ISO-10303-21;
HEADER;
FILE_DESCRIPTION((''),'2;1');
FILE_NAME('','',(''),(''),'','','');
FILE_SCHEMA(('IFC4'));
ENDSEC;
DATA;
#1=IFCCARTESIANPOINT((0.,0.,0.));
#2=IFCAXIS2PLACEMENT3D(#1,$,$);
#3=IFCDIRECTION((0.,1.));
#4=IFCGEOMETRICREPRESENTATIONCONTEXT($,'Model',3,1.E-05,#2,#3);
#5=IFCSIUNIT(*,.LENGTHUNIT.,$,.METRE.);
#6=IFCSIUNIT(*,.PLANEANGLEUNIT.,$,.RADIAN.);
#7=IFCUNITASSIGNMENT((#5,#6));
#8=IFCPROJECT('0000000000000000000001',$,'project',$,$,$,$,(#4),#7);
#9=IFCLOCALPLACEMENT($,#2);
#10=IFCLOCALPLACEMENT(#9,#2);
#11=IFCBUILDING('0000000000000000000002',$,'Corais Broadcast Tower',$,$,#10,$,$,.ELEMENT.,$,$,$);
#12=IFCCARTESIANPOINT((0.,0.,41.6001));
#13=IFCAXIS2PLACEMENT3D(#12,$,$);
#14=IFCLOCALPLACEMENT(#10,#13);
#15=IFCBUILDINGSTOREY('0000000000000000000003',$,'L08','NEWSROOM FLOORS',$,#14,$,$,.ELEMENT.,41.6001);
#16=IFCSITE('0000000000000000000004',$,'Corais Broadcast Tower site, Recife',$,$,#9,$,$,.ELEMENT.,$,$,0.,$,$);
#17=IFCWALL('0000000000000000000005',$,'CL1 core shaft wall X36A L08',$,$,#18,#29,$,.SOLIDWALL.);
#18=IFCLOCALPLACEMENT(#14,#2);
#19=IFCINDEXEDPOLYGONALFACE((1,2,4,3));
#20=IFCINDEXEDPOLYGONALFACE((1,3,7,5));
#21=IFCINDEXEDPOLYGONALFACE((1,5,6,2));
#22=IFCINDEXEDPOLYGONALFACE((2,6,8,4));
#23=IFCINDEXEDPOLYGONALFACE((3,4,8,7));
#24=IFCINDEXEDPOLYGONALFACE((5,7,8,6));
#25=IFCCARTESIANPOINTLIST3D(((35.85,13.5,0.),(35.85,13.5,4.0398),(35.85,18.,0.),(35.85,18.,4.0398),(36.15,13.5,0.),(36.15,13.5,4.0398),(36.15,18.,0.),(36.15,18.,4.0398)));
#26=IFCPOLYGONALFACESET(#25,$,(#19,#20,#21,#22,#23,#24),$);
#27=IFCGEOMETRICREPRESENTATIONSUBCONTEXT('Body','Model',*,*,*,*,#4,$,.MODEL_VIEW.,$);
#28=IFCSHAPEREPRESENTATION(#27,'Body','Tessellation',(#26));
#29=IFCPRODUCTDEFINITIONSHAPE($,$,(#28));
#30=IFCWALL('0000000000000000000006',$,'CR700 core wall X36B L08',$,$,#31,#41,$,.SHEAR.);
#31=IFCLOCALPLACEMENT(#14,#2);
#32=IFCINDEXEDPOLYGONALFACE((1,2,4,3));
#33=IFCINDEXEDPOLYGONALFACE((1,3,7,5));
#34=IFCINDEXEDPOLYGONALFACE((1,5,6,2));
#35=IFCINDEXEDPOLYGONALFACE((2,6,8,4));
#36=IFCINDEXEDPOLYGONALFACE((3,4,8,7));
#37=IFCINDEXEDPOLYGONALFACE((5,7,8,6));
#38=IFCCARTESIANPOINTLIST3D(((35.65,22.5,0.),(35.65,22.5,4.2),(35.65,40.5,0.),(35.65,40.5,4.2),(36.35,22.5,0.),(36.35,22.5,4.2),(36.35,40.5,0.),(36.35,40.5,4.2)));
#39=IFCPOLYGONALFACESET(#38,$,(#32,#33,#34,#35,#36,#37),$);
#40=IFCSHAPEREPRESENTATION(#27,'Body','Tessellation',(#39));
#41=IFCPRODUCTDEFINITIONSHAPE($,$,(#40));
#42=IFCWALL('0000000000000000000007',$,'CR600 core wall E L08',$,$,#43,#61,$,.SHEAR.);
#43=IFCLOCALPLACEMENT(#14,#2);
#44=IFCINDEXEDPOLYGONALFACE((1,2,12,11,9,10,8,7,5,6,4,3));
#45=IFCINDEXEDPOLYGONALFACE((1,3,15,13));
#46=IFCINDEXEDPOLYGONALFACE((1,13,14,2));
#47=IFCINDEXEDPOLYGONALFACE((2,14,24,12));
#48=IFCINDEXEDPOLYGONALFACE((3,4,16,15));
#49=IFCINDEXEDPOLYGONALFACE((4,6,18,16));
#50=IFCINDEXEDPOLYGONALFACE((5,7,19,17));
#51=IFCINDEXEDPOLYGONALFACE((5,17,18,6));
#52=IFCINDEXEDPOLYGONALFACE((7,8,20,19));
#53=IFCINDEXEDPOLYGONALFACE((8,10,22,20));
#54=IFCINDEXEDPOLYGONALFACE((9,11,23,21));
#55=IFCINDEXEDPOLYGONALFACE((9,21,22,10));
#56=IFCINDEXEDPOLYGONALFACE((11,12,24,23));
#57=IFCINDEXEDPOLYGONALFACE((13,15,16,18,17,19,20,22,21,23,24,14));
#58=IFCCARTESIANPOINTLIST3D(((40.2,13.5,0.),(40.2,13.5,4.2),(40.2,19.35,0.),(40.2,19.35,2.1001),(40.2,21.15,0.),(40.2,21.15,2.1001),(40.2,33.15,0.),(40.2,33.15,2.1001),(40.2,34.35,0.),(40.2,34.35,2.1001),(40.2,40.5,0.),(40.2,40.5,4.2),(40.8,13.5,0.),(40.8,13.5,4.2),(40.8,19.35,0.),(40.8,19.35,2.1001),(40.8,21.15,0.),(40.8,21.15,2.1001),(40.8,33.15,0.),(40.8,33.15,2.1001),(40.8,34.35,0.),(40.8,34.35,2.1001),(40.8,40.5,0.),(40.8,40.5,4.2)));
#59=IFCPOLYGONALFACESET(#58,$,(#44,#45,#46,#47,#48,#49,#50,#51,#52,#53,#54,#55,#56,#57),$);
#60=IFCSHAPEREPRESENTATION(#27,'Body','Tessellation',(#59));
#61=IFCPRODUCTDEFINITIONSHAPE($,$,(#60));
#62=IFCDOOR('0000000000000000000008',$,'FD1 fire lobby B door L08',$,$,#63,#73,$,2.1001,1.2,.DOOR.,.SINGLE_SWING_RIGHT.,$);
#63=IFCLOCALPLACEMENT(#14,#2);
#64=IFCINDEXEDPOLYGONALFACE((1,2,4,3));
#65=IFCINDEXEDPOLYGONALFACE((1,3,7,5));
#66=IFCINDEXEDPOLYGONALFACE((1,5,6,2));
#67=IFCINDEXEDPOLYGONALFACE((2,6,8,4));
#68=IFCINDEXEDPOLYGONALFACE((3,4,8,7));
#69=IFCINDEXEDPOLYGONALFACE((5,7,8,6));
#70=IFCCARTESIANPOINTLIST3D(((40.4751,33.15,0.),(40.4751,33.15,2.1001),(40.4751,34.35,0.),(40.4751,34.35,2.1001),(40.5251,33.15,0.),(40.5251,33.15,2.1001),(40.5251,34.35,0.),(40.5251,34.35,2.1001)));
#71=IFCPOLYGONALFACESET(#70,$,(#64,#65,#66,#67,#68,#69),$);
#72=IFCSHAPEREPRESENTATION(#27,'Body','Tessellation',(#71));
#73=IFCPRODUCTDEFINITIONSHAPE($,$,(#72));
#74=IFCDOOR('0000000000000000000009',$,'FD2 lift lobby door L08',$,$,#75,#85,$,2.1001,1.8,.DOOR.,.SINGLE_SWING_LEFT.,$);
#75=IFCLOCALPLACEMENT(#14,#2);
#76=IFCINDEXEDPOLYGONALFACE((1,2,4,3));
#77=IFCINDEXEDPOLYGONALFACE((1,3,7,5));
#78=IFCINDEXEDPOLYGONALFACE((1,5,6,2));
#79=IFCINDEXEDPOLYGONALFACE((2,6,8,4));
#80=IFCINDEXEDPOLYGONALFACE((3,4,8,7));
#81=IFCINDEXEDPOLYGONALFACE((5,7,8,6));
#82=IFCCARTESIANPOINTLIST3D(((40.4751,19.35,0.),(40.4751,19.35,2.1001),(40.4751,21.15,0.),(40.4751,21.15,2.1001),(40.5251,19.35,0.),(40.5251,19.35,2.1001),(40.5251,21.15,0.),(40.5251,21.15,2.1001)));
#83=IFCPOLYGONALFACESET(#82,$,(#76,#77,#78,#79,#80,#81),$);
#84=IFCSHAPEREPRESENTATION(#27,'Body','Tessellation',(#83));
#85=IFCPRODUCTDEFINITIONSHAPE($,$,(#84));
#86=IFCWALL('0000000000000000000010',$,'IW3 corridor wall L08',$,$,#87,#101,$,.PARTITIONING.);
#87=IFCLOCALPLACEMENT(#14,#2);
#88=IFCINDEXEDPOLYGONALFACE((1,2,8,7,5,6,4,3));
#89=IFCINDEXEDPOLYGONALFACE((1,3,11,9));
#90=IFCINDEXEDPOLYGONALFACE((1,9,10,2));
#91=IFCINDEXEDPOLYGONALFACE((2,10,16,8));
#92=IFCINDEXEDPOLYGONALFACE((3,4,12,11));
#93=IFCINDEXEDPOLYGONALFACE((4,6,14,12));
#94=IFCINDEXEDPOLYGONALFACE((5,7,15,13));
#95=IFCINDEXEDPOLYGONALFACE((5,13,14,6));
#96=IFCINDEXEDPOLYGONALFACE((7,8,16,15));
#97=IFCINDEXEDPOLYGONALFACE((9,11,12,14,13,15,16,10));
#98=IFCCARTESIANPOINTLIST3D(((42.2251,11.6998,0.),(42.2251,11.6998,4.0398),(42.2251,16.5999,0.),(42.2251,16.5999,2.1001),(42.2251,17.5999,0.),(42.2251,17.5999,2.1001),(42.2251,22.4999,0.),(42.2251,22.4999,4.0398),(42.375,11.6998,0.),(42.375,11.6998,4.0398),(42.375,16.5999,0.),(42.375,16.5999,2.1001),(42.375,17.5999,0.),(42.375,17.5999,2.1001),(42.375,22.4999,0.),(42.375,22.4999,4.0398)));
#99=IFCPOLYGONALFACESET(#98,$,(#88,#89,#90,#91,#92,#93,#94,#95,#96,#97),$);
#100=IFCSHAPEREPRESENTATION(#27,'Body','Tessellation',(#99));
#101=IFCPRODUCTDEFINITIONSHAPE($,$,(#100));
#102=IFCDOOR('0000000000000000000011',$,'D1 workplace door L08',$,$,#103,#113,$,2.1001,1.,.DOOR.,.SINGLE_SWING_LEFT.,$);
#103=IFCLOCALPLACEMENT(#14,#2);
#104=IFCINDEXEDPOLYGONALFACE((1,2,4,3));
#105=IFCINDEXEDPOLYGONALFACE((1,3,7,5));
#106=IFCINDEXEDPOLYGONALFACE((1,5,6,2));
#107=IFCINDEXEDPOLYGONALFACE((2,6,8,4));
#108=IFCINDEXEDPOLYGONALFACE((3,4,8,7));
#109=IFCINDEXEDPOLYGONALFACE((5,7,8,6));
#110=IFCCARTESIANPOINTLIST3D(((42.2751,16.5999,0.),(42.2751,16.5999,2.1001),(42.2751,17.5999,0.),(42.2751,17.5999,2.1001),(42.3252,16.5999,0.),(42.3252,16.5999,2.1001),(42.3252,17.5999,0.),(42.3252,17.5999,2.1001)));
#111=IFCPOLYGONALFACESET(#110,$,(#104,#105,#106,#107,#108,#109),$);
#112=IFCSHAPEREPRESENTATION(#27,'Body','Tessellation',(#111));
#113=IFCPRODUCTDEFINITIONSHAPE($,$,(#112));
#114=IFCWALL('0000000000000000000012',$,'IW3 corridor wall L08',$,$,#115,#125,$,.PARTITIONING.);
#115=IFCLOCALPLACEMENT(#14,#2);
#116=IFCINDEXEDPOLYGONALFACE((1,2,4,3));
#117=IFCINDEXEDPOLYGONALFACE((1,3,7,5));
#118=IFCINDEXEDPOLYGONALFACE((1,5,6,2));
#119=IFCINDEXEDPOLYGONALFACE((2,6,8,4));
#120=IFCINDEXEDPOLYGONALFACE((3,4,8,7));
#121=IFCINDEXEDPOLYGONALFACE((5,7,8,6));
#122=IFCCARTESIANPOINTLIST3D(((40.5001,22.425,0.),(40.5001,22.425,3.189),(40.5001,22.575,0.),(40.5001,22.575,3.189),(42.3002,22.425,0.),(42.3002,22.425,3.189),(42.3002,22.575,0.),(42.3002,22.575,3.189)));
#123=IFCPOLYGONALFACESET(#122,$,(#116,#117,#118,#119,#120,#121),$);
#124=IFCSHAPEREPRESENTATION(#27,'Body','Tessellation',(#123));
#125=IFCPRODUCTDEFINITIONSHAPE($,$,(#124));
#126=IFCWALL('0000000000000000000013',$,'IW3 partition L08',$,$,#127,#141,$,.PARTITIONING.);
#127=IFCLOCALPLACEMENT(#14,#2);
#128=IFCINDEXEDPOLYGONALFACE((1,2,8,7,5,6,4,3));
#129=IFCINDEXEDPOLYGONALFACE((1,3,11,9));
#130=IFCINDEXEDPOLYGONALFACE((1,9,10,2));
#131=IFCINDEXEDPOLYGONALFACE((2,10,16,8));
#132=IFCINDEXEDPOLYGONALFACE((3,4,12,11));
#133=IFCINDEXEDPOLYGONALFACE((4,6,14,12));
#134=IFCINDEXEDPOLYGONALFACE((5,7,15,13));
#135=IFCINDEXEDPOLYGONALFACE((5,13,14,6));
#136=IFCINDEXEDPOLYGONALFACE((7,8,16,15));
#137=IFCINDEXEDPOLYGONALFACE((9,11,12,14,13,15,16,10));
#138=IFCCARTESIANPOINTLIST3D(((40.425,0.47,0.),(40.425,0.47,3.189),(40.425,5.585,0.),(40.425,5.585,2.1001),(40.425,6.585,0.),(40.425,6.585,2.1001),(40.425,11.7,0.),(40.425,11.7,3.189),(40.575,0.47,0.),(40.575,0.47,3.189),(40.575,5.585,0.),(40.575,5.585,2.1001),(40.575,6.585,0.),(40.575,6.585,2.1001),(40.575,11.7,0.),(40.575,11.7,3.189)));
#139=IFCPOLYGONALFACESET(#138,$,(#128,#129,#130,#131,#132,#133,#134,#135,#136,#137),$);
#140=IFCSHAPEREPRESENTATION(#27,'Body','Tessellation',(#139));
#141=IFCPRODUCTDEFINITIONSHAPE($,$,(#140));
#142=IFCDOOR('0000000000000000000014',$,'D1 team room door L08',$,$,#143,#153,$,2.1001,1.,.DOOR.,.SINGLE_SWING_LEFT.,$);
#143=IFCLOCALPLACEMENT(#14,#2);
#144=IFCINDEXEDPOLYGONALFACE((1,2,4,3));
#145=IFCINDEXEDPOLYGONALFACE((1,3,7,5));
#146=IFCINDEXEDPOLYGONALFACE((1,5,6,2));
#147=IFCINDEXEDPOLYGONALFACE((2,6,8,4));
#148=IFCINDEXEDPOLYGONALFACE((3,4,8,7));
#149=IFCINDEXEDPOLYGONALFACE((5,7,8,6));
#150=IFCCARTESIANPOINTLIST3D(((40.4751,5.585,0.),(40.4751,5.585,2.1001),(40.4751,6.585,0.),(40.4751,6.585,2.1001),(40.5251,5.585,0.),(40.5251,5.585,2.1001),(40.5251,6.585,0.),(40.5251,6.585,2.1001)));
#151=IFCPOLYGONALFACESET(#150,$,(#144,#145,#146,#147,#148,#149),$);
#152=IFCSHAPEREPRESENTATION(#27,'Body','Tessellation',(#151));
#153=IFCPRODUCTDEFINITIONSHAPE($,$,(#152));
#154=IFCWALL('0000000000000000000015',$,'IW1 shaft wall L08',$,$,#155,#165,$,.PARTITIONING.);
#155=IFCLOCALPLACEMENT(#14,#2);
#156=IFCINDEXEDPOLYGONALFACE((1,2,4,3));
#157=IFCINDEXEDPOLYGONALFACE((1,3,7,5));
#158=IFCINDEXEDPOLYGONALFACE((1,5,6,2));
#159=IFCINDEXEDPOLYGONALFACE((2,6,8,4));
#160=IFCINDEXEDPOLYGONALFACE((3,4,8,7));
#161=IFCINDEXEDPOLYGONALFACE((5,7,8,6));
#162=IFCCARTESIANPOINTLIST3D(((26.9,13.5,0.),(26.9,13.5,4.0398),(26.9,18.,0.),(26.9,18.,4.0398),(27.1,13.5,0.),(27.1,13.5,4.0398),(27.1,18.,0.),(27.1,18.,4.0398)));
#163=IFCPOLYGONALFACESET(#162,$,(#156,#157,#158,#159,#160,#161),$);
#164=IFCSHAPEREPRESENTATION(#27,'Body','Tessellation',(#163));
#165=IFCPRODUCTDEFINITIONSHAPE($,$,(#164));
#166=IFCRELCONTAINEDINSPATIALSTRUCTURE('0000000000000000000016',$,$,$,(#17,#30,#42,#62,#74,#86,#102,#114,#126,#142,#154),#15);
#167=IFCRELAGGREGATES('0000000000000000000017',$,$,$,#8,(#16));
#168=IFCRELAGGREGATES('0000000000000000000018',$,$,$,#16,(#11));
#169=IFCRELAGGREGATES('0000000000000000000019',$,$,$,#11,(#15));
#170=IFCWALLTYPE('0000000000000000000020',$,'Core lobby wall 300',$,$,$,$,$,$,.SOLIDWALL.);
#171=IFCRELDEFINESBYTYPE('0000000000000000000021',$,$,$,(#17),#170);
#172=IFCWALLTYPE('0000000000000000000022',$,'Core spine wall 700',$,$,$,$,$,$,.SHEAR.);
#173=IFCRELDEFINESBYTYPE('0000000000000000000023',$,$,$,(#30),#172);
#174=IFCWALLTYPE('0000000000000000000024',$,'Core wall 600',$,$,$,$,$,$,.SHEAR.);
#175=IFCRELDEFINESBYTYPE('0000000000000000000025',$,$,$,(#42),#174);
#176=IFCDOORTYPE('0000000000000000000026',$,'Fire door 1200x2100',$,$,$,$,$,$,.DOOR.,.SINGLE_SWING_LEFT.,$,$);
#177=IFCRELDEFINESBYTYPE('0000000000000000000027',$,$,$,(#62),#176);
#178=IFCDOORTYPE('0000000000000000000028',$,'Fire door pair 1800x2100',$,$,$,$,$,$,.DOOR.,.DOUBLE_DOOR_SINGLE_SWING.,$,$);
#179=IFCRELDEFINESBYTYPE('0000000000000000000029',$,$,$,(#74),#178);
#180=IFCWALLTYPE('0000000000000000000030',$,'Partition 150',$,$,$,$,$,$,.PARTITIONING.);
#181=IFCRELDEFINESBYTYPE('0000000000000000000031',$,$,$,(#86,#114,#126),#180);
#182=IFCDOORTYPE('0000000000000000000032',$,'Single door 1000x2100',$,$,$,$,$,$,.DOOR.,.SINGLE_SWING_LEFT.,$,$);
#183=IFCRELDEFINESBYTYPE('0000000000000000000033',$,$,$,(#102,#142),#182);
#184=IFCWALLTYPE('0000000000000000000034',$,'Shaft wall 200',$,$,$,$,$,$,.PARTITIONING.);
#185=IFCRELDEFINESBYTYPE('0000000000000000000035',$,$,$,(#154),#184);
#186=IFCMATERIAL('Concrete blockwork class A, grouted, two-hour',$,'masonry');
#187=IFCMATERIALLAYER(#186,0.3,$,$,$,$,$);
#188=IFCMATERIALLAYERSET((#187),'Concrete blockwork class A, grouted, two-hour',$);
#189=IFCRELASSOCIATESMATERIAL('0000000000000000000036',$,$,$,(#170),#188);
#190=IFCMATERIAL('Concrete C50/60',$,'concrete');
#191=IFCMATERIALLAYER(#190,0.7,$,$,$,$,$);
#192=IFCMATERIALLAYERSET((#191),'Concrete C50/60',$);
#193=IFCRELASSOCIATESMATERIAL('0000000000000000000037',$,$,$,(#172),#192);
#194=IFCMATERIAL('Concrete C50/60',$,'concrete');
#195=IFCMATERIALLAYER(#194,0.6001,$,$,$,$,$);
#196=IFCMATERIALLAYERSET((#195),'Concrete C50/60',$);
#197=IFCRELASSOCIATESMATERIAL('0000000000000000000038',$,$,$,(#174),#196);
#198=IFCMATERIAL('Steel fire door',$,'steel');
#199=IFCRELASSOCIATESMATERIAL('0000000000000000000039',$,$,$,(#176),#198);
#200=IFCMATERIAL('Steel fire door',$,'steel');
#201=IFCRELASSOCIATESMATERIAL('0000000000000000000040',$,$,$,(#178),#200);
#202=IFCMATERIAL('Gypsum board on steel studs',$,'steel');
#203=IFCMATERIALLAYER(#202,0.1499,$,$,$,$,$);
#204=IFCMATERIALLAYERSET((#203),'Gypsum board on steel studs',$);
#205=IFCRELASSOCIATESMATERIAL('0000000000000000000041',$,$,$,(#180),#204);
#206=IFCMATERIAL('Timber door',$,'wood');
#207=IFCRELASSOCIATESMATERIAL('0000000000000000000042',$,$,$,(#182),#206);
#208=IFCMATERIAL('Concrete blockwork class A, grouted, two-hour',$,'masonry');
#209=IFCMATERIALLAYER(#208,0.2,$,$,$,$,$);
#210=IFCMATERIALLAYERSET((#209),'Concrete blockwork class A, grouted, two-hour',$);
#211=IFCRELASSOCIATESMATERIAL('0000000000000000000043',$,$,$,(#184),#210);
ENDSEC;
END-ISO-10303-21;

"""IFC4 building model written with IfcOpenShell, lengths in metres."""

from ifc_helpers import new_model, si_unit, direction, frame, frame_2d, origin, place, context, subcontext, project, spatial, rectangle, extrude, material, layer, layer_set, type_object, element, fill, save


model = new_model("IFC4")

# Units and contexts
model_context = context("Model", 3, precision=1e-05, world=origin(), true_north=direction((0.0, 1.0)))
body_context = subcontext(model_context, "Body", "Model", "MODEL_VIEW")
ifc_project = project(units=[si_unit("LENGTHUNIT", "METRE"), si_unit("PLANEANGLEUNIT", "RADIAN")], contexts=[model_context])

# Site, building, storey
site_placement = place(None, origin())
site = spatial("IfcSite", under=ifc_project, at=site_placement, Name="Corais Broadcast Tower site, Recife", CompositionType="ELEMENT", RefElevation=0.0)
building_placement = place(site_placement, origin())
building = spatial("IfcBuilding", under=site, at=building_placement, Name="Corais Broadcast Tower", CompositionType="ELEMENT")
storey_placement = place(building_placement, frame((0.0, 0.0, 41.6001)))
storey = spatial("IfcBuildingStorey", under=building, at=storey_placement, Name="L08", Description="NEWSROOM FLOORS", CompositionType="ELEMENT", Elevation=41.6001)

# Walls
ifc_material_1 = material(Name="Concrete blockwork class A, grouted, two-hour", Category="masonry")
ifc_layer_1 = layer(ifc_material_1, 0.3)
ifc_layer_set_1 = layer_set([ifc_layer_1], Name="Concrete blockwork class A, grouted, two-hour")
wall_type_1 = type_object("IfcWallType", Name="Core lobby wall 300", PredefinedType="SOLIDWALL", material=ifc_layer_set_1)
wall_1_placement = place(storey_placement, frame((36.0, 13.5, 0.0), z_axis=(0.0, 0.0, 1.0), x_axis=(0.0, 1.0, 0.0)))
element("IfcWall", 1, at=wall_1_placement, inside=storey, type_object=wall_type_1, Name="CL1 core shaft wall X36A L08", PredefinedType="SOLIDWALL", context=body_context, shape_type="SweptSolid", body=[
    extrude(rectangle(XDim=4.5, YDim=0.3, at=frame_2d((2.25, 0.0))), origin(), (0.0, 0.0, 1.0), 4.0398),
])
ifc_material_2 = material(Name="Concrete C50/60", Category="concrete")
ifc_layer_2 = layer(ifc_material_2, 0.7)
ifc_layer_set_2 = layer_set([ifc_layer_2], Name="Concrete C50/60")
wall_type_2 = type_object("IfcWallType", Name="Core spine wall 700", PredefinedType="SHEAR", material=ifc_layer_set_2)
wall_2_placement = place(storey_placement, frame((36.0, 22.5, 0.0), z_axis=(0.0, 0.0, 1.0), x_axis=(0.0, 1.0, 0.0)))
element("IfcWall", 2, at=wall_2_placement, inside=storey, type_object=wall_type_2, Name="CR700 core wall X36B L08", PredefinedType="SHEAR", context=body_context, shape_type="SweptSolid", body=[
    extrude(rectangle(XDim=18.0, YDim=0.7, at=frame_2d((9.0, 0.0))), origin(), (0.0, 0.0, 1.0), 4.2),
])

# Wall, openings, doors
ifc_material_3 = material(Name="Concrete C50/60", Category="concrete")
ifc_layer_3 = layer(ifc_material_3, 0.6001)
ifc_layer_set_3 = layer_set([ifc_layer_3], Name="Concrete C50/60")
wall_type_3 = type_object("IfcWallType", Name="Core wall 600", PredefinedType="SHEAR", material=ifc_layer_set_3)
wall_3_placement = place(storey_placement, frame((40.5, 13.5, 0.0), z_axis=(0.0, 0.0, 1.0), x_axis=(0.0, 1.0, 0.0)))
wall_3 = element("IfcWall", 3, at=wall_3_placement, inside=storey, type_object=wall_type_3, Name="CR600 core wall E L08", PredefinedType="SHEAR", context=body_context, shape_type="SweptSolid", body=[
    extrude(rectangle(XDim=27.0, YDim=0.6001, at=frame_2d((13.5, 0.0))), origin(), (0.0, 0.0, 1.0), 4.2),
])
opening_1_placement = place(wall_3_placement, frame((5.8501, 0.0, 0.0)))
opening_1 = element("IfcOpeningElement", 4, at=opening_1_placement, cuts=wall_3, PredefinedType="OPENING", context=body_context, shape_type="SweptSolid", body=[
    extrude(rectangle(XDim=1.8, YDim=2.1001, at=frame_2d((0.8999, 1.05))), frame((0.0, 0.3101, 0.0), z_axis=(0.0, -1.0, 0.0), x_axis=(1.0, 0.0, 0.0)), (0.0, 0.0, 1.0), 0.6201),
])
opening_2_placement = place(wall_3_placement, frame((19.6499, 0.0, 0.0)))
opening_2 = element("IfcOpeningElement", 5, at=opening_2_placement, cuts=wall_3, PredefinedType="OPENING", context=body_context, shape_type="SweptSolid", body=[
    extrude(rectangle(XDim=1.2, YDim=2.1001, at=frame_2d((0.6001, 1.05))), frame((0.0, 0.3101, 0.0), z_axis=(0.0, -1.0, 0.0), x_axis=(1.0, 0.0, 0.0)), (0.0, 0.0, 1.0), 0.6201),
])
ifc_material_4 = material(Name="Steel fire door", Category="steel")
door_type_1 = type_object("IfcDoorType", Name="Fire door 1200x2100", OperationType="SINGLE_SWING_LEFT", PredefinedType="DOOR", material=ifc_material_4)
door_1_placement = place(opening_2_placement, origin())
door_1 = element("IfcDoor", 6, at=door_1_placement, inside=storey, type_object=door_type_1, Name="FD1 fire lobby B door L08", OperationType="SINGLE_SWING_RIGHT", OverallHeight=2.1001, OverallWidth=1.2, PredefinedType="DOOR", context=body_context, shape_type="SweptSolid", body=[
    extrude(rectangle(XDim=1.2, YDim=2.1001, at=frame_2d((0.6001, 1.05))), frame((0.0, 0.0249, 0.0), z_axis=(0.0, -1.0, 0.0), x_axis=(1.0, 0.0, 0.0)), (0.0, 0.0, 1.0), 0.05),
])
fill(opening_2, door_1)
ifc_material_5 = material(Name="Steel fire door", Category="steel")
door_type_2 = type_object("IfcDoorType", Name="Fire door pair 1800x2100", OperationType="DOUBLE_DOOR_SINGLE_SWING", PredefinedType="DOOR", material=ifc_material_5)
door_2_placement = place(opening_1_placement, origin())
door_2 = element("IfcDoor", 7, at=door_2_placement, inside=storey, type_object=door_type_2, Name="FD2 lift lobby door L08", OperationType="SINGLE_SWING_LEFT", OverallHeight=2.1001, OverallWidth=1.8, PredefinedType="DOOR", context=body_context, shape_type="SweptSolid", body=[
    extrude(rectangle(XDim=1.8, YDim=2.1001, at=frame_2d((0.8999, 1.05))), frame((0.0, 0.0249, 0.0), z_axis=(0.0, -1.0, 0.0), x_axis=(1.0, 0.0, 0.0)), (0.0, 0.0, 1.0), 0.05),
])
fill(opening_1, door_2)

# Wall, opening, door
ifc_material_6 = material(Name="Gypsum board on steel studs", Category="steel")
ifc_layer_4 = layer(ifc_material_6, 0.1499)
ifc_layer_set_4 = layer_set([ifc_layer_4], Name="Gypsum board on steel studs")
wall_type_4 = type_object("IfcWallType", Name="Partition 150", PredefinedType="PARTITIONING", material=ifc_layer_set_4)
wall_4_placement = place(storey_placement, frame((42.3, 11.7, 0.0), z_axis=(0.0, 0.0, 1.0), x_axis=(0.0, 1.0, 0.0)))
wall_4 = element("IfcWall", 8, at=wall_4_placement, inside=storey, type_object=wall_type_4, Name="IW3 corridor wall L08", PredefinedType="PARTITIONING", context=body_context, shape_type="SweptSolid", body=[
    extrude(rectangle(XDim=10.8, YDim=0.1499, at=frame_2d((5.3999, 0.0))), origin(), (0.0, 0.0, 1.0), 4.0398),
])
opening_3_placement = place(wall_4_placement, frame((4.8999, 0.0, 0.0)))
opening_3 = element("IfcOpeningElement", 9, at=opening_3_placement, cuts=wall_4, PredefinedType="OPENING", context=body_context, shape_type="SweptSolid", body=[
    extrude(rectangle(XDim=1.0, YDim=2.1001, at=frame_2d((0.5, 1.05))), frame((0.0, 0.085, 0.0), z_axis=(0.0, -1.0, 0.0), x_axis=(1.0, 0.0, 0.0)), (0.0, 0.0, 1.0), 0.1699),
])
ifc_material_7 = material(Name="Timber door", Category="wood")
door_type_3 = type_object("IfcDoorType", Name="Single door 1000x2100", OperationType="SINGLE_SWING_LEFT", PredefinedType="DOOR", material=ifc_material_7)
door_3_placement = place(opening_3_placement, origin())
door_3 = element("IfcDoor", 10, at=door_3_placement, inside=storey, type_object=door_type_3, Name="D1 workplace door L08", OperationType="SINGLE_SWING_LEFT", OverallHeight=2.1001, OverallWidth=1.0, PredefinedType="DOOR", context=body_context, shape_type="SweptSolid", body=[
    extrude(rectangle(XDim=1.0, YDim=2.1001, at=frame_2d((0.5, 1.05))), frame((0.0, 0.0249, 0.0), z_axis=(0.0, -1.0, 0.0), x_axis=(1.0, 0.0, 0.0)), (0.0, 0.0, 1.0), 0.05),
])
fill(opening_3, door_3)

# Wall
wall_5_placement = place(storey_placement, frame((42.3, 22.5, 0.0), z_axis=(0.0, 0.0, 1.0), x_axis=(-1.0, 0.0, 0.0)))
element("IfcWall", 11, at=wall_5_placement, inside=storey, type_object=wall_type_4, Name="IW3 corridor wall L08", PredefinedType="PARTITIONING", context=body_context, shape_type="SweptSolid", body=[
    extrude(rectangle(XDim=1.8, YDim=0.1499, at=frame_2d((0.8999, 0.0))), origin(), (0.0, 0.0, 1.0), 3.189),
])

# Wall, opening, door
wall_6_placement = place(storey_placement, frame((40.5, 0.47, 0.0), z_axis=(0.0, 0.0, 1.0), x_axis=(0.0, 1.0, 0.0)))
wall_6 = element("IfcWall", 12, at=wall_6_placement, inside=storey, type_object=wall_type_4, Name="IW3 partition L08", PredefinedType="PARTITIONING", context=body_context, shape_type="SweptSolid", body=[
    extrude(rectangle(XDim=11.23, YDim=0.1499, at=frame_2d((5.615, 0.0))), origin(), (0.0, 0.0, 1.0), 3.189),
])
opening_4_placement = place(wall_6_placement, frame((5.115, 0.0, 0.0)))
opening_4 = element("IfcOpeningElement", 13, at=opening_4_placement, cuts=wall_6, PredefinedType="OPENING", context=body_context, shape_type="SweptSolid", body=[
    extrude(rectangle(XDim=1.0, YDim=2.1001, at=frame_2d((0.5, 1.05))), frame((0.0, 0.085, 0.0), z_axis=(0.0, -1.0, 0.0), x_axis=(1.0, 0.0, 0.0)), (0.0, 0.0, 1.0), 0.1699),
])
door_4_placement = place(opening_4_placement, origin())
door_4 = element("IfcDoor", 14, at=door_4_placement, inside=storey, type_object=door_type_3, Name="D1 team room door L08", OperationType="SINGLE_SWING_LEFT", OverallHeight=2.1001, OverallWidth=1.0, PredefinedType="DOOR", context=body_context, shape_type="SweptSolid", body=[
    extrude(rectangle(XDim=1.0, YDim=2.1001, at=frame_2d((0.5, 1.05))), frame((0.0, 0.0249, 0.0), z_axis=(0.0, -1.0, 0.0), x_axis=(1.0, 0.0, 0.0)), (0.0, 0.0, 1.0), 0.05),
])
fill(opening_4, door_4)

# Wall
ifc_material_8 = material(Name="Concrete blockwork class A, grouted, two-hour", Category="masonry")
ifc_layer_5 = layer(ifc_material_8, 0.2)
ifc_layer_set_5 = layer_set([ifc_layer_5], Name="Concrete blockwork class A, grouted, two-hour")
wall_type_5 = type_object("IfcWallType", Name="Shaft wall 200", PredefinedType="PARTITIONING", material=ifc_layer_set_5)
for number, where, z_axis, x_axis, name in (
    (15, (27.0, 13.5, 0.0), (0.0, 0.0, 1.0), (0.0, 1.0, 0.0), "IW1 shaft wall L08"),
):
    element("IfcWall", number, at=place(storey_placement, frame(where, z_axis=z_axis, x_axis=x_axis)), inside=storey, type_object=wall_type_5, Name=name, PredefinedType="PARTITIONING", context=body_context, shape_type="SweptSolid", body=[
        extrude(rectangle(XDim=4.5, YDim=0.2, at=frame_2d((2.25, 0.0))), origin(), (0.0, 0.0, 1.0), 4.0398),
    ])

save(model, "model.ifc")
